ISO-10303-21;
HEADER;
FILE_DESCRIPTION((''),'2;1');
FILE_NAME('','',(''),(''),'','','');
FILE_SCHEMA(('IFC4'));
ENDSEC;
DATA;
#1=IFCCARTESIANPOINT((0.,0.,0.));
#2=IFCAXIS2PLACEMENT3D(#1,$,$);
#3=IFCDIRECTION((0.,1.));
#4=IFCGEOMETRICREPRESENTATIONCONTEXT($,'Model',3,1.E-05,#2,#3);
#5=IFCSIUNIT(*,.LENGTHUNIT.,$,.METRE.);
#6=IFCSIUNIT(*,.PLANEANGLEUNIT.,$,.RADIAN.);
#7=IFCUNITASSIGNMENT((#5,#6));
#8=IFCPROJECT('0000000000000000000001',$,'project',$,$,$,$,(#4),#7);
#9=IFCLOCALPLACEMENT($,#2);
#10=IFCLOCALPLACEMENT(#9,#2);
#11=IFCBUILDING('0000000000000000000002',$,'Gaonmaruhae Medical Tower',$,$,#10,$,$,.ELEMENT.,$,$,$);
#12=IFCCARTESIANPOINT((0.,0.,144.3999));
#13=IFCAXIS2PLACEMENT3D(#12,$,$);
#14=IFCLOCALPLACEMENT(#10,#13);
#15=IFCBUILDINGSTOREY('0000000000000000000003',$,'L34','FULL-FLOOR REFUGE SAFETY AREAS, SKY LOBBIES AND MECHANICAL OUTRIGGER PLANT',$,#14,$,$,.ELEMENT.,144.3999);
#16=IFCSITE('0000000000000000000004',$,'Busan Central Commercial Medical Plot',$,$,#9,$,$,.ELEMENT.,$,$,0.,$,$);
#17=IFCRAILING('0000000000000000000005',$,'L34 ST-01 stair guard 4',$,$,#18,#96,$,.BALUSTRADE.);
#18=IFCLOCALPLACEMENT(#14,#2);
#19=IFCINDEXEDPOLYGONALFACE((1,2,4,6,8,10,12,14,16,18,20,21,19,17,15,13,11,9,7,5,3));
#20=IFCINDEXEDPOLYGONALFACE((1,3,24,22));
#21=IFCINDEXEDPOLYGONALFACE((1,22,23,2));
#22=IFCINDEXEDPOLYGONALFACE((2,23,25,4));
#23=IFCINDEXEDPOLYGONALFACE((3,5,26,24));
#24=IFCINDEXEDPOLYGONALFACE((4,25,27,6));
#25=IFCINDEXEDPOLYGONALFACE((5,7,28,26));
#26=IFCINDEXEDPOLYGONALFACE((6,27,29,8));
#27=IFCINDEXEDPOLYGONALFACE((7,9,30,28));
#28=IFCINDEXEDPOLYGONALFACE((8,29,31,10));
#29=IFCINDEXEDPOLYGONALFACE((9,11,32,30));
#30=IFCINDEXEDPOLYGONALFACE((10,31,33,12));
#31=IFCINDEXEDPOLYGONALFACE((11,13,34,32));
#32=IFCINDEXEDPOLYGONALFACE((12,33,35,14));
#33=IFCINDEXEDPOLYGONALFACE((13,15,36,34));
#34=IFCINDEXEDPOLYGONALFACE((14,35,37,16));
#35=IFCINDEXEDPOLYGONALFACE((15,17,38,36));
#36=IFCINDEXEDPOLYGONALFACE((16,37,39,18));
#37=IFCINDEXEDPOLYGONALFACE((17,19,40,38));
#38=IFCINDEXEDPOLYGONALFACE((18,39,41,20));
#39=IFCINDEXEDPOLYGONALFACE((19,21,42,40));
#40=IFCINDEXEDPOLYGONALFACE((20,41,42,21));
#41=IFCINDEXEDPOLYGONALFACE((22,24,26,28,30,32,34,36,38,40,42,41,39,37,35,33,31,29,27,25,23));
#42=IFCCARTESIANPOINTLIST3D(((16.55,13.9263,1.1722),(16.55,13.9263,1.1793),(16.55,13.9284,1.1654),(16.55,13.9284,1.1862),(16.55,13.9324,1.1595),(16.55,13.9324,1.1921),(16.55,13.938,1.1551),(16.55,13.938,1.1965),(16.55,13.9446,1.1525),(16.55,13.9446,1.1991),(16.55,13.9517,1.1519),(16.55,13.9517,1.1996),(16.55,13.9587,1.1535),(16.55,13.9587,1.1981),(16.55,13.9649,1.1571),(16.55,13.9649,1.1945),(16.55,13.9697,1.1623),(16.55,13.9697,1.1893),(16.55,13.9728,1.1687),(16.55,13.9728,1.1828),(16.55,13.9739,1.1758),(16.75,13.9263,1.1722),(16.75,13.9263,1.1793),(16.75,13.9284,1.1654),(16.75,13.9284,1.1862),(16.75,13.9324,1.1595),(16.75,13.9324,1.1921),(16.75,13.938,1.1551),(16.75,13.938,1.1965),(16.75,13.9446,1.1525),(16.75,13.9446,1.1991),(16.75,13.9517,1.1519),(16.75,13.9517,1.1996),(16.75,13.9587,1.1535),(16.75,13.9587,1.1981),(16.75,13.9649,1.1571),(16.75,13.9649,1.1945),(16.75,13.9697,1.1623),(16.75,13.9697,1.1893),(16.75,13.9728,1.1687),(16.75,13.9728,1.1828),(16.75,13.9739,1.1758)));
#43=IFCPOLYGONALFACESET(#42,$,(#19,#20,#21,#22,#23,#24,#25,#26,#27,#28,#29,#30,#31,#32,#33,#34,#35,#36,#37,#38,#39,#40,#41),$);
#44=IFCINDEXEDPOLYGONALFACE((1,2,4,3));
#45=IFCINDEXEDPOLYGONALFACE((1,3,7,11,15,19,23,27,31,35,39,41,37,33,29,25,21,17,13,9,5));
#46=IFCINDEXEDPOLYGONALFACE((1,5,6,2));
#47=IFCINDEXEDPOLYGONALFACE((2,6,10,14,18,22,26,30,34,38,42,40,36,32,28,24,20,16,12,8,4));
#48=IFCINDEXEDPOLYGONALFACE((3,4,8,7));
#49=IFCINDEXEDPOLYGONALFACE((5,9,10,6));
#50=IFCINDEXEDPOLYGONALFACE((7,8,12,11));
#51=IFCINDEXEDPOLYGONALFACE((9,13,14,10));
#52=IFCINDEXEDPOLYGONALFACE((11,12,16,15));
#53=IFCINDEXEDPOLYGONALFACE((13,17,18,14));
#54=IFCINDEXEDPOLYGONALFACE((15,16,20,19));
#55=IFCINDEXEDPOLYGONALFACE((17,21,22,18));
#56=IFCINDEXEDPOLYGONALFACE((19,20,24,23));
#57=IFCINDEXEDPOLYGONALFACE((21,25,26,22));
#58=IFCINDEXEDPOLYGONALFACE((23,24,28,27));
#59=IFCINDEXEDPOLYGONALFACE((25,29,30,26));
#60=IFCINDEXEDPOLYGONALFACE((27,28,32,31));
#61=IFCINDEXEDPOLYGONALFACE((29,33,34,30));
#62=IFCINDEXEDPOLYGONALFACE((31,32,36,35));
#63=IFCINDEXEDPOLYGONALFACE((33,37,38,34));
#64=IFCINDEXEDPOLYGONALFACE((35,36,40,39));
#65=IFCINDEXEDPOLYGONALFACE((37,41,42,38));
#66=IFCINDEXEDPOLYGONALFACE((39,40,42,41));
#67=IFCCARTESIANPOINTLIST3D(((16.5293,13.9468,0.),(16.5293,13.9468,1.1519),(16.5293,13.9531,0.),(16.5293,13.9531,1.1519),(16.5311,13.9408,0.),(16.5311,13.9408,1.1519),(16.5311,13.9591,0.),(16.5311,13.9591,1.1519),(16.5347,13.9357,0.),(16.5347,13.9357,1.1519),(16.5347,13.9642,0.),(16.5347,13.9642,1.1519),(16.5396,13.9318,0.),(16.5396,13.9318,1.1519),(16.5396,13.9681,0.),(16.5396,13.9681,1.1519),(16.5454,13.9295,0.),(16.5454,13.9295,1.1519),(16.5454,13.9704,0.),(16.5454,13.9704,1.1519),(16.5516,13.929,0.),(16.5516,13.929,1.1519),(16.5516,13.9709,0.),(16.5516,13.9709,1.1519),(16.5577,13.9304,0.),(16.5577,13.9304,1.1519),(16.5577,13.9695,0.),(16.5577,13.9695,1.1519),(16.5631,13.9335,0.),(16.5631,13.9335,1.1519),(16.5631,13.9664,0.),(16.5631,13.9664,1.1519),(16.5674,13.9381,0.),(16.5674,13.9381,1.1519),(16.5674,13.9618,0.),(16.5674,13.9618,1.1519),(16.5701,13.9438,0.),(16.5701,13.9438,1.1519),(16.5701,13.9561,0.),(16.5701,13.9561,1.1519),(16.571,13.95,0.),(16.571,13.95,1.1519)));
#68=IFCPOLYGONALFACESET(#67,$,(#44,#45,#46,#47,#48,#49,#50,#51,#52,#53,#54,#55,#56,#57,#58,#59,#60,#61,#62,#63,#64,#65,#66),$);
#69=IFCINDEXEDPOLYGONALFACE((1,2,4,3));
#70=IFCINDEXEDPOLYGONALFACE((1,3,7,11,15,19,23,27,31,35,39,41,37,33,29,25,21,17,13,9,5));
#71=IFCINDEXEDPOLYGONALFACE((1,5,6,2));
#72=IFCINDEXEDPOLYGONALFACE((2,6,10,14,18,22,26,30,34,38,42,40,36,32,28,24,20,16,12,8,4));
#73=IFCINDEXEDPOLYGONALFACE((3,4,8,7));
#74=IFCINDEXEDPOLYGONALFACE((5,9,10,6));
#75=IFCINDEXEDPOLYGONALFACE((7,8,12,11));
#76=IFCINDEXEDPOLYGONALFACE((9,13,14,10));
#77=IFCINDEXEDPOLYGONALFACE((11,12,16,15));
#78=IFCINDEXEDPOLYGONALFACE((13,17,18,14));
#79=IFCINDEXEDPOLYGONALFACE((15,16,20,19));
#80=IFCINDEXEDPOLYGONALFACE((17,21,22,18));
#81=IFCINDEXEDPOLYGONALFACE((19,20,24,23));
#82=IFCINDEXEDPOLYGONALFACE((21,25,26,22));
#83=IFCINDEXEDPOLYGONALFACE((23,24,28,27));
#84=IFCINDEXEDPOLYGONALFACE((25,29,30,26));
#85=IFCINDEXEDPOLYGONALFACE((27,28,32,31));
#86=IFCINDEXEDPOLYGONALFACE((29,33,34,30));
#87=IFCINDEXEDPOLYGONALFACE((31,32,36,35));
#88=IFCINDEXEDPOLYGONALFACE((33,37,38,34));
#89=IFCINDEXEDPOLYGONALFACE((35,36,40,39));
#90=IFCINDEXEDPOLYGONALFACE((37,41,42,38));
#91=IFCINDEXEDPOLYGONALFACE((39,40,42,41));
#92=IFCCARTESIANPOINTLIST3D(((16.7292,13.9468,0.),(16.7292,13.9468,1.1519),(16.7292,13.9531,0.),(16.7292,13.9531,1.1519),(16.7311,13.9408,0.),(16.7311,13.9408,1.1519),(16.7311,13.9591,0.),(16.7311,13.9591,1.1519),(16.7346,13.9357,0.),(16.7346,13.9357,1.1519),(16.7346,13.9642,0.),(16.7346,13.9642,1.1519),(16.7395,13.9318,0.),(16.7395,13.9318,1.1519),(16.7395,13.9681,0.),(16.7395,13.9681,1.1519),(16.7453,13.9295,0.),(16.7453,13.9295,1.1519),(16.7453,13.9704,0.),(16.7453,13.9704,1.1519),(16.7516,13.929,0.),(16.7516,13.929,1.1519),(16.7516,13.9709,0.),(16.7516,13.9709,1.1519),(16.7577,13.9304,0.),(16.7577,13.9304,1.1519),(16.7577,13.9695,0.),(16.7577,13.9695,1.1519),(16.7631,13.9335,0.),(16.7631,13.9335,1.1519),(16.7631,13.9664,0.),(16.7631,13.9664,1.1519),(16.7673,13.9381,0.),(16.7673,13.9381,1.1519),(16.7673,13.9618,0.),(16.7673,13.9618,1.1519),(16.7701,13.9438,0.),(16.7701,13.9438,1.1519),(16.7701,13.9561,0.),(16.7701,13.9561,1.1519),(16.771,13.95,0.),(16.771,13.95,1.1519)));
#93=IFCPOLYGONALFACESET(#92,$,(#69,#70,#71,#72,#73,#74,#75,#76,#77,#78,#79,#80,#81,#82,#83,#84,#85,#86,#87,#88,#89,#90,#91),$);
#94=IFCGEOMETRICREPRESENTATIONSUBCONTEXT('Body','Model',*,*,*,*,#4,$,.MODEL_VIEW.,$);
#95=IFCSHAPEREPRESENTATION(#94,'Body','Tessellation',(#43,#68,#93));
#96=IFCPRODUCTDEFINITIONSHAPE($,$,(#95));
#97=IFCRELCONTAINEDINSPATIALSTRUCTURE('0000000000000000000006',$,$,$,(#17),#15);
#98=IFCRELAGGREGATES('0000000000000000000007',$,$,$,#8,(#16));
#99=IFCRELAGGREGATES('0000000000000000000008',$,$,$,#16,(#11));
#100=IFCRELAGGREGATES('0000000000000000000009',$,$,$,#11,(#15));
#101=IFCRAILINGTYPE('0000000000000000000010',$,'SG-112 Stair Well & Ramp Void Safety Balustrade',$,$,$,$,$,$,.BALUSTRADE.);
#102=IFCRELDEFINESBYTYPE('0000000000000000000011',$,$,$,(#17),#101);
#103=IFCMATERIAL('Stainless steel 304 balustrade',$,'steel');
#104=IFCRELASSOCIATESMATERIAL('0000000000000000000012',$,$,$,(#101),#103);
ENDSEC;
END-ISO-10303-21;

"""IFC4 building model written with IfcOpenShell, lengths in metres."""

from ifc_helpers import new_model, si_unit, direction, frame, origin, origin_2d, place, context, subcontext, project, spatial, circle, extrude, material, type_object, element, save


model = new_model("IFC4")

# Units and contexts
model_context = context("Model", 3, precision=1e-05, world=origin(), true_north=direction((0.0, 1.0)))
body_context = subcontext(model_context, "Body", "Model", "MODEL_VIEW")
ifc_project = project(units=[si_unit("LENGTHUNIT", "METRE"), si_unit("PLANEANGLEUNIT", "RADIAN")], contexts=[model_context])

# Site, building, storey
site_placement = place(None, origin())
site = spatial("IfcSite", under=ifc_project, at=site_placement, Name="Busan Central Commercial Medical Plot", CompositionType="ELEMENT", RefElevation=0.0)
building_placement = place(site_placement, origin())
building = spatial("IfcBuilding", under=site, at=building_placement, Name="Gaonmaruhae Medical Tower", CompositionType="ELEMENT")
storey_placement = place(building_placement, frame((0.0, 0.0, 144.3999)))
storey = spatial("IfcBuildingStorey", under=building, at=storey_placement, Name="L34", Description="FULL-FLOOR REFUGE SAFETY AREAS, SKY LOBBIES AND MECHANICAL OUTRIGGER PLANT", CompositionType="ELEMENT", Elevation=144.3999)

# Railing
ifc_material_1 = material(Name="Stainless steel 304 balustrade", Category="steel")
railing_type_1 = type_object("IfcRailingType", Name="SG-112 Stair Well & Ramp Void Safety Balustrade", PredefinedType="BALUSTRADE", material=ifc_material_1)
railing_1_placement = place(storey_placement, frame((16.55, 13.95, 0.0)))
element("IfcRailing", 1, at=railing_1_placement, inside=storey, type_object=railing_type_1, Name="L34 ST-01 stair guard 4", PredefinedType="BALUSTRADE", context=body_context, shape_type="SweptSolid", body=[
    extrude(circle(Radius=0.0239, at=origin_2d()), frame((0.0, 0.0, 1.1758), z_axis=(1.0, 0.0, 0.0), x_axis=(0.0, 1.0, 0.0)), (0.0, 0.0, 1.0), 0.2),
    extrude(circle(Radius=0.021, at=origin_2d()), origin(), (0.0, 0.0, 1.0), 1.1519),
    extrude(circle(Radius=0.021, at=origin_2d()), frame((0.2, 0.0, 0.0)), (0.0, 0.0, 1.0), 1.1519),
])

save(model, "model.ifc")
